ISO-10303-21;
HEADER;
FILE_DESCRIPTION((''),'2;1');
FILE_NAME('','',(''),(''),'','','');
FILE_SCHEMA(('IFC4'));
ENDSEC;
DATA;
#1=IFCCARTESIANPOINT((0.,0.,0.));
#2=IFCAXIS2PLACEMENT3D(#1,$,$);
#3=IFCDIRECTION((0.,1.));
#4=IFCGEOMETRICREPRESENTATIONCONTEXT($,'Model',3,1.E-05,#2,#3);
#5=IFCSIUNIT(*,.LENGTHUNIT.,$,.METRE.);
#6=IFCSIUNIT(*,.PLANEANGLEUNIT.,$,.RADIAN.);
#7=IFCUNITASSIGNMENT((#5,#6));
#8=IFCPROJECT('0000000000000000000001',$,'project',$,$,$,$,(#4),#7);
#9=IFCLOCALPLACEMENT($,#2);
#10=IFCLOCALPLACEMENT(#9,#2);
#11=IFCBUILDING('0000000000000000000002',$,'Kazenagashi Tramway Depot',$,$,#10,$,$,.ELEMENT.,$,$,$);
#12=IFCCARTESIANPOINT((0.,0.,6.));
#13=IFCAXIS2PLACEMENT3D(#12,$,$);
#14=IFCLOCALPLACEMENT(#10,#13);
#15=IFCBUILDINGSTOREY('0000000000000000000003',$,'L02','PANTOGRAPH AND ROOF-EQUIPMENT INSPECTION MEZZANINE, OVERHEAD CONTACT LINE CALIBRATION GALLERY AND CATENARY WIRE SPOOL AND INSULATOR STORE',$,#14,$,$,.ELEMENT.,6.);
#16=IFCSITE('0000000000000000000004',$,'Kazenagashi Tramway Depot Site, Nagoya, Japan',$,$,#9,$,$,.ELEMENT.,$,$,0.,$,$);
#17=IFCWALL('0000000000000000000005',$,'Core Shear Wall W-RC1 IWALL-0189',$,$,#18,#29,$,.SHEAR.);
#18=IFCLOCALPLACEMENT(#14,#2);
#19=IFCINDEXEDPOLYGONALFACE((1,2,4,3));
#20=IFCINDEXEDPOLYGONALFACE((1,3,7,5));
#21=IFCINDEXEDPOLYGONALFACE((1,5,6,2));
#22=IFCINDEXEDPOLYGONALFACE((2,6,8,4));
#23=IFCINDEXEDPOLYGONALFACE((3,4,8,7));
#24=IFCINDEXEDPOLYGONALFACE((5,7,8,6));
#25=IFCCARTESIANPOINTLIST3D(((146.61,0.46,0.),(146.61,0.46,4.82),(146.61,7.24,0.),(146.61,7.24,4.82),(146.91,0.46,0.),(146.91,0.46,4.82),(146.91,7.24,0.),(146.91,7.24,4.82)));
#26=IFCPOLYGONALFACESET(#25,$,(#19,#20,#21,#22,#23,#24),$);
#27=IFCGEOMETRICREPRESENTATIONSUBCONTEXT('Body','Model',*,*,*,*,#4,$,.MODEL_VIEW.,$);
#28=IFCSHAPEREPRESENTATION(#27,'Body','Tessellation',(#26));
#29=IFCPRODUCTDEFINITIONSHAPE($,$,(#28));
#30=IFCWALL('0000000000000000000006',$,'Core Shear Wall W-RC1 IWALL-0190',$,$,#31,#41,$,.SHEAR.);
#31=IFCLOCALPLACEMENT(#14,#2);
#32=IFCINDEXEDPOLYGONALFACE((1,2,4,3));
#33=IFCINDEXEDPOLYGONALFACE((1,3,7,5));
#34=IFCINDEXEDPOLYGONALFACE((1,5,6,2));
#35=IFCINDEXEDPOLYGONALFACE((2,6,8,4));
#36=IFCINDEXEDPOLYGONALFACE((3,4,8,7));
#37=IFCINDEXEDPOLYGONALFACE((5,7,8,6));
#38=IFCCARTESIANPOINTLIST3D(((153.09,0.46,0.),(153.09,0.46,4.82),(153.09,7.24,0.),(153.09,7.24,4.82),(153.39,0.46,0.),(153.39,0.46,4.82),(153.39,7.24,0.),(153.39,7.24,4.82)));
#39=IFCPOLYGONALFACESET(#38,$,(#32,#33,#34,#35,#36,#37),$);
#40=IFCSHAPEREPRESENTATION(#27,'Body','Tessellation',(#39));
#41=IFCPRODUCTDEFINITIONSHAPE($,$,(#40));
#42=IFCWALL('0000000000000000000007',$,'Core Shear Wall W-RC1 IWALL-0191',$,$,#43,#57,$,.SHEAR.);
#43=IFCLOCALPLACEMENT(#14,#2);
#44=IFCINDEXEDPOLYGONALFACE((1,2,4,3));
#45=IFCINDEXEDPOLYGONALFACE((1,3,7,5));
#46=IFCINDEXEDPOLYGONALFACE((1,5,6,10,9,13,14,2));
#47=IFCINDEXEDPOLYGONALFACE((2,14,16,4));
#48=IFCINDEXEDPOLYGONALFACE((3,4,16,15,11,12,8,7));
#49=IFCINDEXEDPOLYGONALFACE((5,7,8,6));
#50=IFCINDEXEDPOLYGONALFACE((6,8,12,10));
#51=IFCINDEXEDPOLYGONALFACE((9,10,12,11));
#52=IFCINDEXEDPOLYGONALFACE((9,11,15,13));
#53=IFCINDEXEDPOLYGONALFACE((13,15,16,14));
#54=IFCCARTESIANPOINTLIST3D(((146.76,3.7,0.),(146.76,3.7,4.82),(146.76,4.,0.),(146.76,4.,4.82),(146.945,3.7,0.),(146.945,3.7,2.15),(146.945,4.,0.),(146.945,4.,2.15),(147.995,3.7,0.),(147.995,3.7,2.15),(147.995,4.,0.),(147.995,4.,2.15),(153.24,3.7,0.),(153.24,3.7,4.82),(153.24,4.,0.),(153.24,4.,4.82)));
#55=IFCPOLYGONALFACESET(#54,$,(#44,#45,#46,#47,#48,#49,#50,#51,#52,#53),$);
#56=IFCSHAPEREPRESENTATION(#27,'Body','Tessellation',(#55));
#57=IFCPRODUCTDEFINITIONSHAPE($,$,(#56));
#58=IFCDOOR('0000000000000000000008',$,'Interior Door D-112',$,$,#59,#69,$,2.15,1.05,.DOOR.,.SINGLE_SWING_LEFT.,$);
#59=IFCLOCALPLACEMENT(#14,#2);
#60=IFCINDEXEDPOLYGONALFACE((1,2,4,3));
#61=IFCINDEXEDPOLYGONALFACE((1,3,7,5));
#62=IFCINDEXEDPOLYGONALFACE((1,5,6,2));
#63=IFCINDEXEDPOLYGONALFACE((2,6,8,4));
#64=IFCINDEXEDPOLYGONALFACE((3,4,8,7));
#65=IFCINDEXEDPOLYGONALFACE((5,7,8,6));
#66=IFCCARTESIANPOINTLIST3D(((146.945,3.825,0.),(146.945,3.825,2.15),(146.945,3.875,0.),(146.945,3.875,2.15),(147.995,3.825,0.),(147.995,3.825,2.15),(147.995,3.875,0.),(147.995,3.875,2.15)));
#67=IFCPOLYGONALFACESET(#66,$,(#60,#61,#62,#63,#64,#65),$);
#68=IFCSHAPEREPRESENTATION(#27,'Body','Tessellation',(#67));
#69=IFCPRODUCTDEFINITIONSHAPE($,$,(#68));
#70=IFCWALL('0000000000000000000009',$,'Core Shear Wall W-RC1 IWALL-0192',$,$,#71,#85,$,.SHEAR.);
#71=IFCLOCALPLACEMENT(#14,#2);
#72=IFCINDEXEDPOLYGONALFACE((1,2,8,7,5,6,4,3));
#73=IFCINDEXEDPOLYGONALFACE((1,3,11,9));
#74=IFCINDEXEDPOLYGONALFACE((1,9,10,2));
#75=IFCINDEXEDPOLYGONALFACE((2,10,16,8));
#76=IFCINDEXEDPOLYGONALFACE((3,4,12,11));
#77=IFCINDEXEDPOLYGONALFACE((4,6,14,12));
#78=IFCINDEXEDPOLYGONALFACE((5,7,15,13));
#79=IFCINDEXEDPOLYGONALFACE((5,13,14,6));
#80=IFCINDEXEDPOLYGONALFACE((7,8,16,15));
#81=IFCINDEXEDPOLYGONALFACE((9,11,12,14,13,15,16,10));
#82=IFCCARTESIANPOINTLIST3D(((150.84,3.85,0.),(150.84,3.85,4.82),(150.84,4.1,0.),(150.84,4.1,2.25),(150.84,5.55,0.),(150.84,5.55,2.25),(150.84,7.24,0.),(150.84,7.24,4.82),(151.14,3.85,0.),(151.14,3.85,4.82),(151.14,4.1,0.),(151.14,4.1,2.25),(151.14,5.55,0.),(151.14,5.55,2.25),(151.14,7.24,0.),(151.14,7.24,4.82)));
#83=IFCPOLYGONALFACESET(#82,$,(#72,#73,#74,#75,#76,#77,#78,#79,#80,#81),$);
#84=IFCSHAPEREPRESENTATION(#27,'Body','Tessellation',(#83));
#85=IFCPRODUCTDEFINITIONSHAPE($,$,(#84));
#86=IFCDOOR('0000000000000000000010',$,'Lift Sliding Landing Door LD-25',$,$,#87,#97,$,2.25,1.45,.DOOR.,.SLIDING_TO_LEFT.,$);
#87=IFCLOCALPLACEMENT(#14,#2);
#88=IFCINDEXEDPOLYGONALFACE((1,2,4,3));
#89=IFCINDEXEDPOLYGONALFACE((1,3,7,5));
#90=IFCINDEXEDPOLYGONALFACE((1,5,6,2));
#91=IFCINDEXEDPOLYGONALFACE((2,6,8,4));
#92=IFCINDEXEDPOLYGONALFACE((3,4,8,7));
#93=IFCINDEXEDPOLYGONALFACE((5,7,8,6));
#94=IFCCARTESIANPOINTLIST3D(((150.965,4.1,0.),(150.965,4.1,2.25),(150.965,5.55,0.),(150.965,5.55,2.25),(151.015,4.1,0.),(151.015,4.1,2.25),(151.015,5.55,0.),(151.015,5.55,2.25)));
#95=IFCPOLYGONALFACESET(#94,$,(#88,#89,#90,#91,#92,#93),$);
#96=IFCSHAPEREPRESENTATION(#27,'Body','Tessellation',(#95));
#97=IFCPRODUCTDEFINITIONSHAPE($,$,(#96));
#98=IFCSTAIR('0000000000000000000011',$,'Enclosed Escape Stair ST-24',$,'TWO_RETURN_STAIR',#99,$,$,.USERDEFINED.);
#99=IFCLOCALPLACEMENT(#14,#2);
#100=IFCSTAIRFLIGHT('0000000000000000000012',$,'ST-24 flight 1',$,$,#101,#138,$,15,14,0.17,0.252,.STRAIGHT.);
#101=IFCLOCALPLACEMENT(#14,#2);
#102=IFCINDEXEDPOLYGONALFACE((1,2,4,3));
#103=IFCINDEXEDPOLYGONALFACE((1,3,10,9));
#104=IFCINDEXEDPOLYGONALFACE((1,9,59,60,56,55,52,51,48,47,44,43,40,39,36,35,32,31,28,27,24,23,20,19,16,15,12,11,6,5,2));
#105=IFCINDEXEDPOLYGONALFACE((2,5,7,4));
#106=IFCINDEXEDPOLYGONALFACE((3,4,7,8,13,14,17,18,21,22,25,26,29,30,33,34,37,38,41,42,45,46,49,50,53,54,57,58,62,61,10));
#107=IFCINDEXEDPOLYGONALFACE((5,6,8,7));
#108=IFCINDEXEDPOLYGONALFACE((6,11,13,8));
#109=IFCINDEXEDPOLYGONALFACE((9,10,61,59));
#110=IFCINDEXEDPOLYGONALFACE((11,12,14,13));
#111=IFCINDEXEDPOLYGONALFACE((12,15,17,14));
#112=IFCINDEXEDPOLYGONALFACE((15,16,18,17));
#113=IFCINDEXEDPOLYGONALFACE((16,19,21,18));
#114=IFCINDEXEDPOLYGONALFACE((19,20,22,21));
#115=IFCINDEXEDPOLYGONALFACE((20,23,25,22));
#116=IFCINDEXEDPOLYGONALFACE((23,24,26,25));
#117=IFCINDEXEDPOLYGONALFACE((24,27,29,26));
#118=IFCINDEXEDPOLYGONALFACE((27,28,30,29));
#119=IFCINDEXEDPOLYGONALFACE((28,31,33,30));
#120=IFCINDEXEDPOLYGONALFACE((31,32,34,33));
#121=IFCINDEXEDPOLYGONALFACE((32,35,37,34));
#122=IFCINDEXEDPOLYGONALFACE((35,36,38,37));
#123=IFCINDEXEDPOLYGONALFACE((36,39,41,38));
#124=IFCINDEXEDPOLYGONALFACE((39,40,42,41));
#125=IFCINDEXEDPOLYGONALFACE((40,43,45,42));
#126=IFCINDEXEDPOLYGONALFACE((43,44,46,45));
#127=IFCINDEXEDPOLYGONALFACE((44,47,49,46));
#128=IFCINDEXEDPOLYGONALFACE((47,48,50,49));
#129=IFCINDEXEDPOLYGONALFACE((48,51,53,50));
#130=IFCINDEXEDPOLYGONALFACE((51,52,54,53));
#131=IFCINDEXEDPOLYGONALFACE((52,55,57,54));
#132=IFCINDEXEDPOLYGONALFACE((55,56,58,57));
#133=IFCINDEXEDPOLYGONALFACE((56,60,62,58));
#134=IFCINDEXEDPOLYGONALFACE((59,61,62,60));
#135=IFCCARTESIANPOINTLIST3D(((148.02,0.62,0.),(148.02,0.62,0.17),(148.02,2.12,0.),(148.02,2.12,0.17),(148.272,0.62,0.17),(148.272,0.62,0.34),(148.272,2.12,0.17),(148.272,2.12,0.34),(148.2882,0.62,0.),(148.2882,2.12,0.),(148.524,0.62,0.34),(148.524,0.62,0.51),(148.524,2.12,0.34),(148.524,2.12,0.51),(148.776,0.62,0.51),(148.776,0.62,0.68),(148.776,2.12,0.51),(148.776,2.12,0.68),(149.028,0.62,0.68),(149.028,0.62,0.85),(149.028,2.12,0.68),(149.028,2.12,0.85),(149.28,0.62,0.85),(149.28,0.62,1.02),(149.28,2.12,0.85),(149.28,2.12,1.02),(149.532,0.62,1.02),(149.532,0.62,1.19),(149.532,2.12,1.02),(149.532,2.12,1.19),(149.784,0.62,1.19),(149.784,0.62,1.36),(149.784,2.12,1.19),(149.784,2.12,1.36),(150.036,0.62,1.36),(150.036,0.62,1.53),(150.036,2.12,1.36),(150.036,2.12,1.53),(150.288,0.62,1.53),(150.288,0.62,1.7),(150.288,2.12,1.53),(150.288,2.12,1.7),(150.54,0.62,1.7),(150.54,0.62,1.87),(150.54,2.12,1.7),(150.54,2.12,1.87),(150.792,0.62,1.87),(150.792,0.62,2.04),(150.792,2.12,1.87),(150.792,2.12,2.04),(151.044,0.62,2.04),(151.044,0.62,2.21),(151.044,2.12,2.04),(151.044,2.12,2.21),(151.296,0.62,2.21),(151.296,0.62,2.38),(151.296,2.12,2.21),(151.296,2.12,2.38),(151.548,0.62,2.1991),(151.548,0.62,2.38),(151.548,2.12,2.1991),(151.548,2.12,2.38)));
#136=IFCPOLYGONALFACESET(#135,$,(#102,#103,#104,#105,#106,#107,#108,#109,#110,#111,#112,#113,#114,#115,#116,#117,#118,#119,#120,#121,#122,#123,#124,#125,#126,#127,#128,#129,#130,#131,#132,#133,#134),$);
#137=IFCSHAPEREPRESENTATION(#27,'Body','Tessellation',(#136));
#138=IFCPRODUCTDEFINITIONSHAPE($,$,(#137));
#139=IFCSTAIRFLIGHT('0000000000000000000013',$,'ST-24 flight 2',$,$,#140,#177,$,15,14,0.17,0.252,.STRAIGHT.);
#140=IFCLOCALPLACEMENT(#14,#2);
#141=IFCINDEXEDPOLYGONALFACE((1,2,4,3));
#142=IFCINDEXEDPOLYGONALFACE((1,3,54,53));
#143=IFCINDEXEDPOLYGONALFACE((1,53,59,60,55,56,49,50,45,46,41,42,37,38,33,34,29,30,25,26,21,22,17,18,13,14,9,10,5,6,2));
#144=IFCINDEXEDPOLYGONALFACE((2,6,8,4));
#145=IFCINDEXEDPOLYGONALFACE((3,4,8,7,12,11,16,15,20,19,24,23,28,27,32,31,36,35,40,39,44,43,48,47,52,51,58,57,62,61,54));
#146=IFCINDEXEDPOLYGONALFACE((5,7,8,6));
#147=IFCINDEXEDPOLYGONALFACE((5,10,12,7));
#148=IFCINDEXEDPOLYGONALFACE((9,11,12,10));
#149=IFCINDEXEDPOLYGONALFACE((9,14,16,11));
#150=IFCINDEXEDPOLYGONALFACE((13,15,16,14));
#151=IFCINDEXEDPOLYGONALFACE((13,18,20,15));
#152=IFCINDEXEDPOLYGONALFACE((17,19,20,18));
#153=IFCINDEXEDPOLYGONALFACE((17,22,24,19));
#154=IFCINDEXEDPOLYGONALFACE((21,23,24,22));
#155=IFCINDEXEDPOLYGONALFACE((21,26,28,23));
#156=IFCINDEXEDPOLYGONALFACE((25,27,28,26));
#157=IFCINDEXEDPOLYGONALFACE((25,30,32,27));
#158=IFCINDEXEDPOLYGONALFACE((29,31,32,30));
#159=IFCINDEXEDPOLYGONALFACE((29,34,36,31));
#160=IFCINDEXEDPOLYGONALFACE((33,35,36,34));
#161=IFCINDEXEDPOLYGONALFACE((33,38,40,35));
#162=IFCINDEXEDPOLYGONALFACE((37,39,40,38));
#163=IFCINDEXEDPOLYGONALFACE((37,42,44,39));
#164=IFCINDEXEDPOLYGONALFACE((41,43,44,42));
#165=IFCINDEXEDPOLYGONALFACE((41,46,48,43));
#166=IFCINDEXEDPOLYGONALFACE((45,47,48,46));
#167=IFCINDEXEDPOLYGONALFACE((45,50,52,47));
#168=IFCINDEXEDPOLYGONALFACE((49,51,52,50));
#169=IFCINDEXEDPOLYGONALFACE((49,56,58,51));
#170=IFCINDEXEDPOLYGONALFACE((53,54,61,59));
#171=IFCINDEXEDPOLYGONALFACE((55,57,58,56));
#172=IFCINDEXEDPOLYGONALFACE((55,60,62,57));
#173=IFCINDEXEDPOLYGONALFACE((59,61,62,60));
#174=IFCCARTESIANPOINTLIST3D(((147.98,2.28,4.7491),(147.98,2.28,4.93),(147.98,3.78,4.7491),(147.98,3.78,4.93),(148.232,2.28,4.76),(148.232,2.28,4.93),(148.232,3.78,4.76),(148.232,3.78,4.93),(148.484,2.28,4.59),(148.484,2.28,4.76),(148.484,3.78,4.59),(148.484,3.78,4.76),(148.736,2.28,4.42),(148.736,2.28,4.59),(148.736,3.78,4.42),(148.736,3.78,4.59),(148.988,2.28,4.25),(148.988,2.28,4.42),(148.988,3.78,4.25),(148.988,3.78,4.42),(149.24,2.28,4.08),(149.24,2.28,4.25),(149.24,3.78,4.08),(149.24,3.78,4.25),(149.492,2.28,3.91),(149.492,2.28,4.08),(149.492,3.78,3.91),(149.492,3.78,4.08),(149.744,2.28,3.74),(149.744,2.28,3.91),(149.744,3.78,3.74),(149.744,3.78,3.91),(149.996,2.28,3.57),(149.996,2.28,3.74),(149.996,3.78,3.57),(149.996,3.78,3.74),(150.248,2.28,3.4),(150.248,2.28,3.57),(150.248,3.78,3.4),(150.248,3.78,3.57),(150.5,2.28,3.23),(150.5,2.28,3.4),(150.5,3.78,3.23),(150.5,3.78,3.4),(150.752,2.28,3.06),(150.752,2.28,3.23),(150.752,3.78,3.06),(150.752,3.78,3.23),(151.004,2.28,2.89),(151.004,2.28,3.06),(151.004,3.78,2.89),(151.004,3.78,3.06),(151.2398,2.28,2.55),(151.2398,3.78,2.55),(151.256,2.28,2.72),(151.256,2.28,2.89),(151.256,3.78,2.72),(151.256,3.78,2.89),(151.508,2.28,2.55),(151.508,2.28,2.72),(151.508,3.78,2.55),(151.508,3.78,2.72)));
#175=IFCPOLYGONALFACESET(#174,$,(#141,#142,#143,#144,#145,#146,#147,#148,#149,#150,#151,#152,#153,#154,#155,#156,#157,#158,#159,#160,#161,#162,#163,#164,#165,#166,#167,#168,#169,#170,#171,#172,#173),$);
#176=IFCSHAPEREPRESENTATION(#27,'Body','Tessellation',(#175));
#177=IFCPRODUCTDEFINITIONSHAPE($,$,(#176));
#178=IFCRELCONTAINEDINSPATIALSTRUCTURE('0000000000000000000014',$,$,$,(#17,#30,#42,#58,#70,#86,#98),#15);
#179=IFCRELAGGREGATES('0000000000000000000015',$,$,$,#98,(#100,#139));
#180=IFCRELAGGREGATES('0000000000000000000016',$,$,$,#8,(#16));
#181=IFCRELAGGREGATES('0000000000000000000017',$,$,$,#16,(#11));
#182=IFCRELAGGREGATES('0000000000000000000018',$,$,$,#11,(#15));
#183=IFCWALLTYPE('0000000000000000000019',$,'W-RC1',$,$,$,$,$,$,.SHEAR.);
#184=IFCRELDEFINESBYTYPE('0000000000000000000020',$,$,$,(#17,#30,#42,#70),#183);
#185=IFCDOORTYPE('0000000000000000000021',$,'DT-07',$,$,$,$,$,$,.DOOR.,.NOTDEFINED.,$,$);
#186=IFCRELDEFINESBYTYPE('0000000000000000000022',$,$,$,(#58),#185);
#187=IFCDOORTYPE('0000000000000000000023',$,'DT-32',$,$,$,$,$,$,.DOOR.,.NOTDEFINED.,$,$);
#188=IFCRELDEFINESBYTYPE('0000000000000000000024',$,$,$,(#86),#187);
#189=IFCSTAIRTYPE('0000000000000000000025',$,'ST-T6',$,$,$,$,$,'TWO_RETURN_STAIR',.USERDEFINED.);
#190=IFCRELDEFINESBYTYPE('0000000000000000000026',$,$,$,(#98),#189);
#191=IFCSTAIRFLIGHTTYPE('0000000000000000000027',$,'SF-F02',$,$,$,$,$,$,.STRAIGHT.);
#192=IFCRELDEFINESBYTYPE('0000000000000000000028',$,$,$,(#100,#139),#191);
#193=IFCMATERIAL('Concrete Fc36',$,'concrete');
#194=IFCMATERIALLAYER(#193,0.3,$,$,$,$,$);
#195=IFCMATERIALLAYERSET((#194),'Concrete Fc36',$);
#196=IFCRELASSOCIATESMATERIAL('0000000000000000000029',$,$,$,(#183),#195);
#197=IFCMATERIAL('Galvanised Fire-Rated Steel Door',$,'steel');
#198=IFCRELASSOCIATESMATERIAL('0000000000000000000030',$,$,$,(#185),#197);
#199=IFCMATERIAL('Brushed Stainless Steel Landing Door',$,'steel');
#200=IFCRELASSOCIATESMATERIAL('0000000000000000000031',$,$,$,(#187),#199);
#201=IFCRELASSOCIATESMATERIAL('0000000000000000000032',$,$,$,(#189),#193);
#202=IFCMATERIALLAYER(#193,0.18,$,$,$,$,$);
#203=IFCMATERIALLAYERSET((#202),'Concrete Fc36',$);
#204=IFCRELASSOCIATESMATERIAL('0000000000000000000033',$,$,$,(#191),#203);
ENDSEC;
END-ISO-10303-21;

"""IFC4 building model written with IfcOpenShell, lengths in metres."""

from ifc_helpers import new_model, si_unit, direction, frame, frame_2d, origin, place, context, subcontext, project, spatial, polyline, rectangle, outline, extrude, material, layer, layer_set, type_object, element, fill, aggregate, save


model = new_model("IFC4")

# Units and contexts
model_context = context("Model", 3, precision=1e-05, world=origin(), true_north=direction((0.0, 1.0)))
body_context = subcontext(model_context, "Body", "Model", "MODEL_VIEW")
ifc_project = project(units=[si_unit("LENGTHUNIT", "METRE"), si_unit("PLANEANGLEUNIT", "RADIAN")], contexts=[model_context])

# Site, building, storey
site_placement = place(None, origin())
site = spatial("IfcSite", under=ifc_project, at=site_placement, Name="Kazenagashi Tramway Depot Site, Nagoya, Japan", CompositionType="ELEMENT", RefElevation=0.0)
building_placement = place(site_placement, origin())
building = spatial("IfcBuilding", under=site, at=building_placement, Name="Kazenagashi Tramway Depot", CompositionType="ELEMENT")
storey_placement = place(building_placement, frame((0.0, 0.0, 6.0)))
storey = spatial("IfcBuildingStorey", under=building, at=storey_placement, Name="L02", Description="PANTOGRAPH AND ROOF-EQUIPMENT INSPECTION MEZZANINE, OVERHEAD CONTACT LINE CALIBRATION GALLERY AND CATENARY WIRE SPOOL AND INSULATOR STORE", CompositionType="ELEMENT", Elevation=6.0)

# Shared definitions
ifc_material_1 = material(Name="Concrete Fc36", Category="concrete")
ifc_layer_1 = layer(ifc_material_1, 0.3)
ifc_layer_set_1 = layer_set([ifc_layer_1], Name="Concrete Fc36")
wall_type_1 = type_object("IfcWallType", Name="W-RC1", PredefinedType="SHEAR", material=ifc_layer_set_1)

# Shared definitions
ifc_material_2 = material(Name="Galvanised Fire-Rated Steel Door", Category="steel")

# Walls
for number, where, z_axis, x_axis, name in (
    (1, (146.76, 0.46, 0.0), (0.0, 0.0, 1.0), (0.0, 1.0, 0.0), "Core Shear Wall W-RC1 IWALL-0189"),
    (2, (153.24, 0.46, 0.0), (0.0, 0.0, 1.0), (0.0, 1.0, 0.0), "Core Shear Wall W-RC1 IWALL-0190"),
):
    element("IfcWall", number, at=place(storey_placement, frame(where, z_axis=z_axis, x_axis=x_axis)), inside=storey, type_object=wall_type_1, Name=name, PredefinedType="SHEAR", context=body_context, shape_type="SweptSolid", body=[
        extrude(rectangle(XDim=6.78, YDim=0.3, at=frame_2d((3.39, 0.0))), origin(), (0.0, 0.0, 1.0), 4.82),
    ])

# Walls, openings, doors
wall_1_placement = place(storey_placement, frame((146.76, 3.85, 0.0), z_axis=(0.0, 0.0, 1.0), x_axis=(1.0, 0.0, 0.0)))
wall_1 = element("IfcWall", 3, at=wall_1_placement, inside=storey, type_object=wall_type_1, Name="Core Shear Wall W-RC1 IWALL-0191", PredefinedType="SHEAR", context=body_context, shape_type="SweptSolid", body=[
    extrude(rectangle(XDim=6.48, YDim=0.3, at=frame_2d((3.24, 0.0))), origin(), (0.0, 0.0, 1.0), 4.82),
])
opening_1_placement = place(wall_1_placement, frame((0.185, 0.0, 0.0)))
opening_1 = element("IfcOpeningElement", 4, at=opening_1_placement, cuts=wall_1, PredefinedType="OPENING", context=body_context, shape_type="SweptSolid", body=[
    extrude(rectangle(XDim=1.05, YDim=2.15, at=frame_2d((0.525, 1.075))), frame((0.0, 0.16, 0.0), z_axis=(0.0, -1.0, 0.0), x_axis=(1.0, 0.0, 0.0)), (0.0, 0.0, 1.0), 0.32),
])
door_type_1 = type_object("IfcDoorType", Name="DT-07", OperationType="NOTDEFINED", PredefinedType="DOOR", material=ifc_material_2)
door_1_placement = place(opening_1_placement, origin())
door_1 = element("IfcDoor", 5, at=door_1_placement, inside=storey, type_object=door_type_1, Name="Interior Door D-112", OperationType="SINGLE_SWING_LEFT", OverallHeight=2.15, OverallWidth=1.05, PredefinedType="DOOR", context=body_context, shape_type="SweptSolid", body=[
    extrude(rectangle(XDim=1.05, YDim=2.15, at=frame_2d((0.525, 1.075))), frame((0.0, 0.025, 0.0), z_axis=(0.0, -1.0, 0.0), x_axis=(1.0, 0.0, 0.0)), (0.0, 0.0, 1.0), 0.05),
])
fill(opening_1, door_1)
wall_2_placement = place(storey_placement, frame((150.99, 3.85, 0.0), z_axis=(0.0, 0.0, 1.0), x_axis=(0.0, 1.0, 0.0)))
wall_2 = element("IfcWall", 6, at=wall_2_placement, inside=storey, type_object=wall_type_1, Name="Core Shear Wall W-RC1 IWALL-0192", PredefinedType="SHEAR", context=body_context, shape_type="SweptSolid", body=[
    extrude(rectangle(XDim=3.39, YDim=0.3, at=frame_2d((1.695, 0.0))), origin(), (0.0, 0.0, 1.0), 4.82),
])
opening_2_placement = place(wall_2_placement, frame((0.25, 0.0, 0.0)))
opening_2 = element("IfcOpeningElement", 7, at=opening_2_placement, cuts=wall_2, PredefinedType="OPENING", context=body_context, shape_type="SweptSolid", body=[
    extrude(rectangle(XDim=1.45, YDim=2.25, at=frame_2d((0.725, 1.125))), frame((0.0, 0.16, 0.0), z_axis=(0.0, -1.0, 0.0), x_axis=(1.0, 0.0, 0.0)), (0.0, 0.0, 1.0), 0.32),
])
ifc_material_3 = material(Name="Brushed Stainless Steel Landing Door", Category="steel")
door_type_2 = type_object("IfcDoorType", Name="DT-32", OperationType="NOTDEFINED", PredefinedType="DOOR", material=ifc_material_3)
door_2_placement = place(opening_2_placement, origin())
door_2 = element("IfcDoor", 8, at=door_2_placement, inside=storey, type_object=door_type_2, Name="Lift Sliding Landing Door LD-25", OperationType="SLIDING_TO_LEFT", OverallHeight=2.25, OverallWidth=1.45, PredefinedType="DOOR", context=body_context, shape_type="SweptSolid", body=[
    extrude(rectangle(XDim=1.45, YDim=2.25, at=frame_2d((0.725, 1.125))), frame((0.0, 0.025, 0.0), z_axis=(0.0, -1.0, 0.0), x_axis=(1.0, 0.0, 0.0)), (0.0, 0.0, 1.0), 0.05),
])
fill(opening_2, door_2)

# Stair, stair flights
stair_type = type_object("IfcStairType", Name="ST-T6", ElementType="TWO_RETURN_STAIR", PredefinedType="USERDEFINED", material=ifc_material_1)
stair_placement = place(storey_placement, origin())
stair = element("IfcStair", 9, at=stair_placement, inside=storey, type_object=stair_type, Name="Enclosed Escape Stair ST-24", ObjectType="TWO_RETURN_STAIR", PredefinedType="USERDEFINED")
ifc_layer_2 = layer(ifc_material_1, 0.18)
ifc_layer_set_2 = layer_set([ifc_layer_2], Name="Concrete Fc36")
stair_flight_type = type_object("IfcStairFlightType", Name="SF-F02", PredefinedType="STRAIGHT", material=ifc_layer_set_2)
stair_flight_1_placement = place(storey_placement, frame((148.02, 1.37, 0.0), z_axis=(0.0, 0.0, 1.0), x_axis=(1.0, 0.0, 0.0)))
stair_flight_1 = element("IfcStairFlight", 10, at=stair_flight_1_placement, type_object=stair_flight_type, Name="ST-24 flight 1", NumberOfRisers=15, NumberOfTreads=14, PredefinedType="STRAIGHT", RiserHeight=0.17, TreadLength=0.252, context=body_context, shape_type="SweptSolid", body=[
    extrude(outline(polyline([(0.0, 0.0), (0.0, 0.17), (0.252, 0.17), (0.252, 0.34), (0.504, 0.34), (0.504, 0.51), (0.756, 0.51), (0.756, 0.68), (1.008, 0.68), (1.008, 0.85), (1.26, 0.85), (1.26, 1.02), (1.512, 1.02), (1.512, 1.19), (1.764, 1.19), (1.764, 1.36), (2.016, 1.36), (2.016, 1.53), (2.268, 1.53), (2.268, 1.7), (2.52, 1.7), (2.52, 1.87), (2.772, 1.87), (2.772, 2.04), (3.024, 2.04), (3.024, 2.21), (3.276, 2.21), (3.276, 2.38), (3.528, 2.38), (3.528, 2.55), (3.528, 2.1991), (0.2682, 0.0), (0.0, 0.0)])), frame((0.0, 0.75, 0.0), z_axis=(0.0, -1.0, 0.0), x_axis=(1.0, 0.0, 0.0)), (0.0, 0.0, 1.0), 1.5),
])
stair_flight_2_placement = place(storey_placement, frame((151.508, 3.03, 2.55), z_axis=(0.0, 0.0, 1.0), x_axis=(-1.0, 0.0, 0.0)))
stair_flight_2 = element("IfcStairFlight", 11, at=stair_flight_2_placement, type_object=stair_flight_type, Name="ST-24 flight 2", NumberOfRisers=15, NumberOfTreads=14, PredefinedType="STRAIGHT", RiserHeight=0.17, TreadLength=0.252, context=body_context, shape_type="SweptSolid", body=[
    extrude(outline(polyline([(0.0, 0.0), (0.0, 0.17), (0.252, 0.17), (0.252, 0.34), (0.504, 0.34), (0.504, 0.51), (0.756, 0.51), (0.756, 0.68), (1.008, 0.68), (1.008, 0.85), (1.26, 0.85), (1.26, 1.02), (1.512, 1.02), (1.512, 1.19), (1.764, 1.19), (1.764, 1.36), (2.016, 1.36), (2.016, 1.53), (2.268, 1.53), (2.268, 1.7), (2.52, 1.7), (2.52, 1.87), (2.772, 1.87), (2.772, 2.04), (3.024, 2.04), (3.024, 2.21), (3.276, 2.21), (3.276, 2.38), (3.528, 2.38), (3.528, 2.55), (3.528, 2.1991), (0.2682, 0.0), (0.0, 0.0)])), frame((0.0, 0.75, 0.0), z_axis=(0.0, -1.0, 0.0), x_axis=(1.0, 0.0, 0.0)), (0.0, 0.0, 1.0), 1.5),
])
aggregate(stair, [stair_flight_1, stair_flight_2])

save(model, "model.ifc")
